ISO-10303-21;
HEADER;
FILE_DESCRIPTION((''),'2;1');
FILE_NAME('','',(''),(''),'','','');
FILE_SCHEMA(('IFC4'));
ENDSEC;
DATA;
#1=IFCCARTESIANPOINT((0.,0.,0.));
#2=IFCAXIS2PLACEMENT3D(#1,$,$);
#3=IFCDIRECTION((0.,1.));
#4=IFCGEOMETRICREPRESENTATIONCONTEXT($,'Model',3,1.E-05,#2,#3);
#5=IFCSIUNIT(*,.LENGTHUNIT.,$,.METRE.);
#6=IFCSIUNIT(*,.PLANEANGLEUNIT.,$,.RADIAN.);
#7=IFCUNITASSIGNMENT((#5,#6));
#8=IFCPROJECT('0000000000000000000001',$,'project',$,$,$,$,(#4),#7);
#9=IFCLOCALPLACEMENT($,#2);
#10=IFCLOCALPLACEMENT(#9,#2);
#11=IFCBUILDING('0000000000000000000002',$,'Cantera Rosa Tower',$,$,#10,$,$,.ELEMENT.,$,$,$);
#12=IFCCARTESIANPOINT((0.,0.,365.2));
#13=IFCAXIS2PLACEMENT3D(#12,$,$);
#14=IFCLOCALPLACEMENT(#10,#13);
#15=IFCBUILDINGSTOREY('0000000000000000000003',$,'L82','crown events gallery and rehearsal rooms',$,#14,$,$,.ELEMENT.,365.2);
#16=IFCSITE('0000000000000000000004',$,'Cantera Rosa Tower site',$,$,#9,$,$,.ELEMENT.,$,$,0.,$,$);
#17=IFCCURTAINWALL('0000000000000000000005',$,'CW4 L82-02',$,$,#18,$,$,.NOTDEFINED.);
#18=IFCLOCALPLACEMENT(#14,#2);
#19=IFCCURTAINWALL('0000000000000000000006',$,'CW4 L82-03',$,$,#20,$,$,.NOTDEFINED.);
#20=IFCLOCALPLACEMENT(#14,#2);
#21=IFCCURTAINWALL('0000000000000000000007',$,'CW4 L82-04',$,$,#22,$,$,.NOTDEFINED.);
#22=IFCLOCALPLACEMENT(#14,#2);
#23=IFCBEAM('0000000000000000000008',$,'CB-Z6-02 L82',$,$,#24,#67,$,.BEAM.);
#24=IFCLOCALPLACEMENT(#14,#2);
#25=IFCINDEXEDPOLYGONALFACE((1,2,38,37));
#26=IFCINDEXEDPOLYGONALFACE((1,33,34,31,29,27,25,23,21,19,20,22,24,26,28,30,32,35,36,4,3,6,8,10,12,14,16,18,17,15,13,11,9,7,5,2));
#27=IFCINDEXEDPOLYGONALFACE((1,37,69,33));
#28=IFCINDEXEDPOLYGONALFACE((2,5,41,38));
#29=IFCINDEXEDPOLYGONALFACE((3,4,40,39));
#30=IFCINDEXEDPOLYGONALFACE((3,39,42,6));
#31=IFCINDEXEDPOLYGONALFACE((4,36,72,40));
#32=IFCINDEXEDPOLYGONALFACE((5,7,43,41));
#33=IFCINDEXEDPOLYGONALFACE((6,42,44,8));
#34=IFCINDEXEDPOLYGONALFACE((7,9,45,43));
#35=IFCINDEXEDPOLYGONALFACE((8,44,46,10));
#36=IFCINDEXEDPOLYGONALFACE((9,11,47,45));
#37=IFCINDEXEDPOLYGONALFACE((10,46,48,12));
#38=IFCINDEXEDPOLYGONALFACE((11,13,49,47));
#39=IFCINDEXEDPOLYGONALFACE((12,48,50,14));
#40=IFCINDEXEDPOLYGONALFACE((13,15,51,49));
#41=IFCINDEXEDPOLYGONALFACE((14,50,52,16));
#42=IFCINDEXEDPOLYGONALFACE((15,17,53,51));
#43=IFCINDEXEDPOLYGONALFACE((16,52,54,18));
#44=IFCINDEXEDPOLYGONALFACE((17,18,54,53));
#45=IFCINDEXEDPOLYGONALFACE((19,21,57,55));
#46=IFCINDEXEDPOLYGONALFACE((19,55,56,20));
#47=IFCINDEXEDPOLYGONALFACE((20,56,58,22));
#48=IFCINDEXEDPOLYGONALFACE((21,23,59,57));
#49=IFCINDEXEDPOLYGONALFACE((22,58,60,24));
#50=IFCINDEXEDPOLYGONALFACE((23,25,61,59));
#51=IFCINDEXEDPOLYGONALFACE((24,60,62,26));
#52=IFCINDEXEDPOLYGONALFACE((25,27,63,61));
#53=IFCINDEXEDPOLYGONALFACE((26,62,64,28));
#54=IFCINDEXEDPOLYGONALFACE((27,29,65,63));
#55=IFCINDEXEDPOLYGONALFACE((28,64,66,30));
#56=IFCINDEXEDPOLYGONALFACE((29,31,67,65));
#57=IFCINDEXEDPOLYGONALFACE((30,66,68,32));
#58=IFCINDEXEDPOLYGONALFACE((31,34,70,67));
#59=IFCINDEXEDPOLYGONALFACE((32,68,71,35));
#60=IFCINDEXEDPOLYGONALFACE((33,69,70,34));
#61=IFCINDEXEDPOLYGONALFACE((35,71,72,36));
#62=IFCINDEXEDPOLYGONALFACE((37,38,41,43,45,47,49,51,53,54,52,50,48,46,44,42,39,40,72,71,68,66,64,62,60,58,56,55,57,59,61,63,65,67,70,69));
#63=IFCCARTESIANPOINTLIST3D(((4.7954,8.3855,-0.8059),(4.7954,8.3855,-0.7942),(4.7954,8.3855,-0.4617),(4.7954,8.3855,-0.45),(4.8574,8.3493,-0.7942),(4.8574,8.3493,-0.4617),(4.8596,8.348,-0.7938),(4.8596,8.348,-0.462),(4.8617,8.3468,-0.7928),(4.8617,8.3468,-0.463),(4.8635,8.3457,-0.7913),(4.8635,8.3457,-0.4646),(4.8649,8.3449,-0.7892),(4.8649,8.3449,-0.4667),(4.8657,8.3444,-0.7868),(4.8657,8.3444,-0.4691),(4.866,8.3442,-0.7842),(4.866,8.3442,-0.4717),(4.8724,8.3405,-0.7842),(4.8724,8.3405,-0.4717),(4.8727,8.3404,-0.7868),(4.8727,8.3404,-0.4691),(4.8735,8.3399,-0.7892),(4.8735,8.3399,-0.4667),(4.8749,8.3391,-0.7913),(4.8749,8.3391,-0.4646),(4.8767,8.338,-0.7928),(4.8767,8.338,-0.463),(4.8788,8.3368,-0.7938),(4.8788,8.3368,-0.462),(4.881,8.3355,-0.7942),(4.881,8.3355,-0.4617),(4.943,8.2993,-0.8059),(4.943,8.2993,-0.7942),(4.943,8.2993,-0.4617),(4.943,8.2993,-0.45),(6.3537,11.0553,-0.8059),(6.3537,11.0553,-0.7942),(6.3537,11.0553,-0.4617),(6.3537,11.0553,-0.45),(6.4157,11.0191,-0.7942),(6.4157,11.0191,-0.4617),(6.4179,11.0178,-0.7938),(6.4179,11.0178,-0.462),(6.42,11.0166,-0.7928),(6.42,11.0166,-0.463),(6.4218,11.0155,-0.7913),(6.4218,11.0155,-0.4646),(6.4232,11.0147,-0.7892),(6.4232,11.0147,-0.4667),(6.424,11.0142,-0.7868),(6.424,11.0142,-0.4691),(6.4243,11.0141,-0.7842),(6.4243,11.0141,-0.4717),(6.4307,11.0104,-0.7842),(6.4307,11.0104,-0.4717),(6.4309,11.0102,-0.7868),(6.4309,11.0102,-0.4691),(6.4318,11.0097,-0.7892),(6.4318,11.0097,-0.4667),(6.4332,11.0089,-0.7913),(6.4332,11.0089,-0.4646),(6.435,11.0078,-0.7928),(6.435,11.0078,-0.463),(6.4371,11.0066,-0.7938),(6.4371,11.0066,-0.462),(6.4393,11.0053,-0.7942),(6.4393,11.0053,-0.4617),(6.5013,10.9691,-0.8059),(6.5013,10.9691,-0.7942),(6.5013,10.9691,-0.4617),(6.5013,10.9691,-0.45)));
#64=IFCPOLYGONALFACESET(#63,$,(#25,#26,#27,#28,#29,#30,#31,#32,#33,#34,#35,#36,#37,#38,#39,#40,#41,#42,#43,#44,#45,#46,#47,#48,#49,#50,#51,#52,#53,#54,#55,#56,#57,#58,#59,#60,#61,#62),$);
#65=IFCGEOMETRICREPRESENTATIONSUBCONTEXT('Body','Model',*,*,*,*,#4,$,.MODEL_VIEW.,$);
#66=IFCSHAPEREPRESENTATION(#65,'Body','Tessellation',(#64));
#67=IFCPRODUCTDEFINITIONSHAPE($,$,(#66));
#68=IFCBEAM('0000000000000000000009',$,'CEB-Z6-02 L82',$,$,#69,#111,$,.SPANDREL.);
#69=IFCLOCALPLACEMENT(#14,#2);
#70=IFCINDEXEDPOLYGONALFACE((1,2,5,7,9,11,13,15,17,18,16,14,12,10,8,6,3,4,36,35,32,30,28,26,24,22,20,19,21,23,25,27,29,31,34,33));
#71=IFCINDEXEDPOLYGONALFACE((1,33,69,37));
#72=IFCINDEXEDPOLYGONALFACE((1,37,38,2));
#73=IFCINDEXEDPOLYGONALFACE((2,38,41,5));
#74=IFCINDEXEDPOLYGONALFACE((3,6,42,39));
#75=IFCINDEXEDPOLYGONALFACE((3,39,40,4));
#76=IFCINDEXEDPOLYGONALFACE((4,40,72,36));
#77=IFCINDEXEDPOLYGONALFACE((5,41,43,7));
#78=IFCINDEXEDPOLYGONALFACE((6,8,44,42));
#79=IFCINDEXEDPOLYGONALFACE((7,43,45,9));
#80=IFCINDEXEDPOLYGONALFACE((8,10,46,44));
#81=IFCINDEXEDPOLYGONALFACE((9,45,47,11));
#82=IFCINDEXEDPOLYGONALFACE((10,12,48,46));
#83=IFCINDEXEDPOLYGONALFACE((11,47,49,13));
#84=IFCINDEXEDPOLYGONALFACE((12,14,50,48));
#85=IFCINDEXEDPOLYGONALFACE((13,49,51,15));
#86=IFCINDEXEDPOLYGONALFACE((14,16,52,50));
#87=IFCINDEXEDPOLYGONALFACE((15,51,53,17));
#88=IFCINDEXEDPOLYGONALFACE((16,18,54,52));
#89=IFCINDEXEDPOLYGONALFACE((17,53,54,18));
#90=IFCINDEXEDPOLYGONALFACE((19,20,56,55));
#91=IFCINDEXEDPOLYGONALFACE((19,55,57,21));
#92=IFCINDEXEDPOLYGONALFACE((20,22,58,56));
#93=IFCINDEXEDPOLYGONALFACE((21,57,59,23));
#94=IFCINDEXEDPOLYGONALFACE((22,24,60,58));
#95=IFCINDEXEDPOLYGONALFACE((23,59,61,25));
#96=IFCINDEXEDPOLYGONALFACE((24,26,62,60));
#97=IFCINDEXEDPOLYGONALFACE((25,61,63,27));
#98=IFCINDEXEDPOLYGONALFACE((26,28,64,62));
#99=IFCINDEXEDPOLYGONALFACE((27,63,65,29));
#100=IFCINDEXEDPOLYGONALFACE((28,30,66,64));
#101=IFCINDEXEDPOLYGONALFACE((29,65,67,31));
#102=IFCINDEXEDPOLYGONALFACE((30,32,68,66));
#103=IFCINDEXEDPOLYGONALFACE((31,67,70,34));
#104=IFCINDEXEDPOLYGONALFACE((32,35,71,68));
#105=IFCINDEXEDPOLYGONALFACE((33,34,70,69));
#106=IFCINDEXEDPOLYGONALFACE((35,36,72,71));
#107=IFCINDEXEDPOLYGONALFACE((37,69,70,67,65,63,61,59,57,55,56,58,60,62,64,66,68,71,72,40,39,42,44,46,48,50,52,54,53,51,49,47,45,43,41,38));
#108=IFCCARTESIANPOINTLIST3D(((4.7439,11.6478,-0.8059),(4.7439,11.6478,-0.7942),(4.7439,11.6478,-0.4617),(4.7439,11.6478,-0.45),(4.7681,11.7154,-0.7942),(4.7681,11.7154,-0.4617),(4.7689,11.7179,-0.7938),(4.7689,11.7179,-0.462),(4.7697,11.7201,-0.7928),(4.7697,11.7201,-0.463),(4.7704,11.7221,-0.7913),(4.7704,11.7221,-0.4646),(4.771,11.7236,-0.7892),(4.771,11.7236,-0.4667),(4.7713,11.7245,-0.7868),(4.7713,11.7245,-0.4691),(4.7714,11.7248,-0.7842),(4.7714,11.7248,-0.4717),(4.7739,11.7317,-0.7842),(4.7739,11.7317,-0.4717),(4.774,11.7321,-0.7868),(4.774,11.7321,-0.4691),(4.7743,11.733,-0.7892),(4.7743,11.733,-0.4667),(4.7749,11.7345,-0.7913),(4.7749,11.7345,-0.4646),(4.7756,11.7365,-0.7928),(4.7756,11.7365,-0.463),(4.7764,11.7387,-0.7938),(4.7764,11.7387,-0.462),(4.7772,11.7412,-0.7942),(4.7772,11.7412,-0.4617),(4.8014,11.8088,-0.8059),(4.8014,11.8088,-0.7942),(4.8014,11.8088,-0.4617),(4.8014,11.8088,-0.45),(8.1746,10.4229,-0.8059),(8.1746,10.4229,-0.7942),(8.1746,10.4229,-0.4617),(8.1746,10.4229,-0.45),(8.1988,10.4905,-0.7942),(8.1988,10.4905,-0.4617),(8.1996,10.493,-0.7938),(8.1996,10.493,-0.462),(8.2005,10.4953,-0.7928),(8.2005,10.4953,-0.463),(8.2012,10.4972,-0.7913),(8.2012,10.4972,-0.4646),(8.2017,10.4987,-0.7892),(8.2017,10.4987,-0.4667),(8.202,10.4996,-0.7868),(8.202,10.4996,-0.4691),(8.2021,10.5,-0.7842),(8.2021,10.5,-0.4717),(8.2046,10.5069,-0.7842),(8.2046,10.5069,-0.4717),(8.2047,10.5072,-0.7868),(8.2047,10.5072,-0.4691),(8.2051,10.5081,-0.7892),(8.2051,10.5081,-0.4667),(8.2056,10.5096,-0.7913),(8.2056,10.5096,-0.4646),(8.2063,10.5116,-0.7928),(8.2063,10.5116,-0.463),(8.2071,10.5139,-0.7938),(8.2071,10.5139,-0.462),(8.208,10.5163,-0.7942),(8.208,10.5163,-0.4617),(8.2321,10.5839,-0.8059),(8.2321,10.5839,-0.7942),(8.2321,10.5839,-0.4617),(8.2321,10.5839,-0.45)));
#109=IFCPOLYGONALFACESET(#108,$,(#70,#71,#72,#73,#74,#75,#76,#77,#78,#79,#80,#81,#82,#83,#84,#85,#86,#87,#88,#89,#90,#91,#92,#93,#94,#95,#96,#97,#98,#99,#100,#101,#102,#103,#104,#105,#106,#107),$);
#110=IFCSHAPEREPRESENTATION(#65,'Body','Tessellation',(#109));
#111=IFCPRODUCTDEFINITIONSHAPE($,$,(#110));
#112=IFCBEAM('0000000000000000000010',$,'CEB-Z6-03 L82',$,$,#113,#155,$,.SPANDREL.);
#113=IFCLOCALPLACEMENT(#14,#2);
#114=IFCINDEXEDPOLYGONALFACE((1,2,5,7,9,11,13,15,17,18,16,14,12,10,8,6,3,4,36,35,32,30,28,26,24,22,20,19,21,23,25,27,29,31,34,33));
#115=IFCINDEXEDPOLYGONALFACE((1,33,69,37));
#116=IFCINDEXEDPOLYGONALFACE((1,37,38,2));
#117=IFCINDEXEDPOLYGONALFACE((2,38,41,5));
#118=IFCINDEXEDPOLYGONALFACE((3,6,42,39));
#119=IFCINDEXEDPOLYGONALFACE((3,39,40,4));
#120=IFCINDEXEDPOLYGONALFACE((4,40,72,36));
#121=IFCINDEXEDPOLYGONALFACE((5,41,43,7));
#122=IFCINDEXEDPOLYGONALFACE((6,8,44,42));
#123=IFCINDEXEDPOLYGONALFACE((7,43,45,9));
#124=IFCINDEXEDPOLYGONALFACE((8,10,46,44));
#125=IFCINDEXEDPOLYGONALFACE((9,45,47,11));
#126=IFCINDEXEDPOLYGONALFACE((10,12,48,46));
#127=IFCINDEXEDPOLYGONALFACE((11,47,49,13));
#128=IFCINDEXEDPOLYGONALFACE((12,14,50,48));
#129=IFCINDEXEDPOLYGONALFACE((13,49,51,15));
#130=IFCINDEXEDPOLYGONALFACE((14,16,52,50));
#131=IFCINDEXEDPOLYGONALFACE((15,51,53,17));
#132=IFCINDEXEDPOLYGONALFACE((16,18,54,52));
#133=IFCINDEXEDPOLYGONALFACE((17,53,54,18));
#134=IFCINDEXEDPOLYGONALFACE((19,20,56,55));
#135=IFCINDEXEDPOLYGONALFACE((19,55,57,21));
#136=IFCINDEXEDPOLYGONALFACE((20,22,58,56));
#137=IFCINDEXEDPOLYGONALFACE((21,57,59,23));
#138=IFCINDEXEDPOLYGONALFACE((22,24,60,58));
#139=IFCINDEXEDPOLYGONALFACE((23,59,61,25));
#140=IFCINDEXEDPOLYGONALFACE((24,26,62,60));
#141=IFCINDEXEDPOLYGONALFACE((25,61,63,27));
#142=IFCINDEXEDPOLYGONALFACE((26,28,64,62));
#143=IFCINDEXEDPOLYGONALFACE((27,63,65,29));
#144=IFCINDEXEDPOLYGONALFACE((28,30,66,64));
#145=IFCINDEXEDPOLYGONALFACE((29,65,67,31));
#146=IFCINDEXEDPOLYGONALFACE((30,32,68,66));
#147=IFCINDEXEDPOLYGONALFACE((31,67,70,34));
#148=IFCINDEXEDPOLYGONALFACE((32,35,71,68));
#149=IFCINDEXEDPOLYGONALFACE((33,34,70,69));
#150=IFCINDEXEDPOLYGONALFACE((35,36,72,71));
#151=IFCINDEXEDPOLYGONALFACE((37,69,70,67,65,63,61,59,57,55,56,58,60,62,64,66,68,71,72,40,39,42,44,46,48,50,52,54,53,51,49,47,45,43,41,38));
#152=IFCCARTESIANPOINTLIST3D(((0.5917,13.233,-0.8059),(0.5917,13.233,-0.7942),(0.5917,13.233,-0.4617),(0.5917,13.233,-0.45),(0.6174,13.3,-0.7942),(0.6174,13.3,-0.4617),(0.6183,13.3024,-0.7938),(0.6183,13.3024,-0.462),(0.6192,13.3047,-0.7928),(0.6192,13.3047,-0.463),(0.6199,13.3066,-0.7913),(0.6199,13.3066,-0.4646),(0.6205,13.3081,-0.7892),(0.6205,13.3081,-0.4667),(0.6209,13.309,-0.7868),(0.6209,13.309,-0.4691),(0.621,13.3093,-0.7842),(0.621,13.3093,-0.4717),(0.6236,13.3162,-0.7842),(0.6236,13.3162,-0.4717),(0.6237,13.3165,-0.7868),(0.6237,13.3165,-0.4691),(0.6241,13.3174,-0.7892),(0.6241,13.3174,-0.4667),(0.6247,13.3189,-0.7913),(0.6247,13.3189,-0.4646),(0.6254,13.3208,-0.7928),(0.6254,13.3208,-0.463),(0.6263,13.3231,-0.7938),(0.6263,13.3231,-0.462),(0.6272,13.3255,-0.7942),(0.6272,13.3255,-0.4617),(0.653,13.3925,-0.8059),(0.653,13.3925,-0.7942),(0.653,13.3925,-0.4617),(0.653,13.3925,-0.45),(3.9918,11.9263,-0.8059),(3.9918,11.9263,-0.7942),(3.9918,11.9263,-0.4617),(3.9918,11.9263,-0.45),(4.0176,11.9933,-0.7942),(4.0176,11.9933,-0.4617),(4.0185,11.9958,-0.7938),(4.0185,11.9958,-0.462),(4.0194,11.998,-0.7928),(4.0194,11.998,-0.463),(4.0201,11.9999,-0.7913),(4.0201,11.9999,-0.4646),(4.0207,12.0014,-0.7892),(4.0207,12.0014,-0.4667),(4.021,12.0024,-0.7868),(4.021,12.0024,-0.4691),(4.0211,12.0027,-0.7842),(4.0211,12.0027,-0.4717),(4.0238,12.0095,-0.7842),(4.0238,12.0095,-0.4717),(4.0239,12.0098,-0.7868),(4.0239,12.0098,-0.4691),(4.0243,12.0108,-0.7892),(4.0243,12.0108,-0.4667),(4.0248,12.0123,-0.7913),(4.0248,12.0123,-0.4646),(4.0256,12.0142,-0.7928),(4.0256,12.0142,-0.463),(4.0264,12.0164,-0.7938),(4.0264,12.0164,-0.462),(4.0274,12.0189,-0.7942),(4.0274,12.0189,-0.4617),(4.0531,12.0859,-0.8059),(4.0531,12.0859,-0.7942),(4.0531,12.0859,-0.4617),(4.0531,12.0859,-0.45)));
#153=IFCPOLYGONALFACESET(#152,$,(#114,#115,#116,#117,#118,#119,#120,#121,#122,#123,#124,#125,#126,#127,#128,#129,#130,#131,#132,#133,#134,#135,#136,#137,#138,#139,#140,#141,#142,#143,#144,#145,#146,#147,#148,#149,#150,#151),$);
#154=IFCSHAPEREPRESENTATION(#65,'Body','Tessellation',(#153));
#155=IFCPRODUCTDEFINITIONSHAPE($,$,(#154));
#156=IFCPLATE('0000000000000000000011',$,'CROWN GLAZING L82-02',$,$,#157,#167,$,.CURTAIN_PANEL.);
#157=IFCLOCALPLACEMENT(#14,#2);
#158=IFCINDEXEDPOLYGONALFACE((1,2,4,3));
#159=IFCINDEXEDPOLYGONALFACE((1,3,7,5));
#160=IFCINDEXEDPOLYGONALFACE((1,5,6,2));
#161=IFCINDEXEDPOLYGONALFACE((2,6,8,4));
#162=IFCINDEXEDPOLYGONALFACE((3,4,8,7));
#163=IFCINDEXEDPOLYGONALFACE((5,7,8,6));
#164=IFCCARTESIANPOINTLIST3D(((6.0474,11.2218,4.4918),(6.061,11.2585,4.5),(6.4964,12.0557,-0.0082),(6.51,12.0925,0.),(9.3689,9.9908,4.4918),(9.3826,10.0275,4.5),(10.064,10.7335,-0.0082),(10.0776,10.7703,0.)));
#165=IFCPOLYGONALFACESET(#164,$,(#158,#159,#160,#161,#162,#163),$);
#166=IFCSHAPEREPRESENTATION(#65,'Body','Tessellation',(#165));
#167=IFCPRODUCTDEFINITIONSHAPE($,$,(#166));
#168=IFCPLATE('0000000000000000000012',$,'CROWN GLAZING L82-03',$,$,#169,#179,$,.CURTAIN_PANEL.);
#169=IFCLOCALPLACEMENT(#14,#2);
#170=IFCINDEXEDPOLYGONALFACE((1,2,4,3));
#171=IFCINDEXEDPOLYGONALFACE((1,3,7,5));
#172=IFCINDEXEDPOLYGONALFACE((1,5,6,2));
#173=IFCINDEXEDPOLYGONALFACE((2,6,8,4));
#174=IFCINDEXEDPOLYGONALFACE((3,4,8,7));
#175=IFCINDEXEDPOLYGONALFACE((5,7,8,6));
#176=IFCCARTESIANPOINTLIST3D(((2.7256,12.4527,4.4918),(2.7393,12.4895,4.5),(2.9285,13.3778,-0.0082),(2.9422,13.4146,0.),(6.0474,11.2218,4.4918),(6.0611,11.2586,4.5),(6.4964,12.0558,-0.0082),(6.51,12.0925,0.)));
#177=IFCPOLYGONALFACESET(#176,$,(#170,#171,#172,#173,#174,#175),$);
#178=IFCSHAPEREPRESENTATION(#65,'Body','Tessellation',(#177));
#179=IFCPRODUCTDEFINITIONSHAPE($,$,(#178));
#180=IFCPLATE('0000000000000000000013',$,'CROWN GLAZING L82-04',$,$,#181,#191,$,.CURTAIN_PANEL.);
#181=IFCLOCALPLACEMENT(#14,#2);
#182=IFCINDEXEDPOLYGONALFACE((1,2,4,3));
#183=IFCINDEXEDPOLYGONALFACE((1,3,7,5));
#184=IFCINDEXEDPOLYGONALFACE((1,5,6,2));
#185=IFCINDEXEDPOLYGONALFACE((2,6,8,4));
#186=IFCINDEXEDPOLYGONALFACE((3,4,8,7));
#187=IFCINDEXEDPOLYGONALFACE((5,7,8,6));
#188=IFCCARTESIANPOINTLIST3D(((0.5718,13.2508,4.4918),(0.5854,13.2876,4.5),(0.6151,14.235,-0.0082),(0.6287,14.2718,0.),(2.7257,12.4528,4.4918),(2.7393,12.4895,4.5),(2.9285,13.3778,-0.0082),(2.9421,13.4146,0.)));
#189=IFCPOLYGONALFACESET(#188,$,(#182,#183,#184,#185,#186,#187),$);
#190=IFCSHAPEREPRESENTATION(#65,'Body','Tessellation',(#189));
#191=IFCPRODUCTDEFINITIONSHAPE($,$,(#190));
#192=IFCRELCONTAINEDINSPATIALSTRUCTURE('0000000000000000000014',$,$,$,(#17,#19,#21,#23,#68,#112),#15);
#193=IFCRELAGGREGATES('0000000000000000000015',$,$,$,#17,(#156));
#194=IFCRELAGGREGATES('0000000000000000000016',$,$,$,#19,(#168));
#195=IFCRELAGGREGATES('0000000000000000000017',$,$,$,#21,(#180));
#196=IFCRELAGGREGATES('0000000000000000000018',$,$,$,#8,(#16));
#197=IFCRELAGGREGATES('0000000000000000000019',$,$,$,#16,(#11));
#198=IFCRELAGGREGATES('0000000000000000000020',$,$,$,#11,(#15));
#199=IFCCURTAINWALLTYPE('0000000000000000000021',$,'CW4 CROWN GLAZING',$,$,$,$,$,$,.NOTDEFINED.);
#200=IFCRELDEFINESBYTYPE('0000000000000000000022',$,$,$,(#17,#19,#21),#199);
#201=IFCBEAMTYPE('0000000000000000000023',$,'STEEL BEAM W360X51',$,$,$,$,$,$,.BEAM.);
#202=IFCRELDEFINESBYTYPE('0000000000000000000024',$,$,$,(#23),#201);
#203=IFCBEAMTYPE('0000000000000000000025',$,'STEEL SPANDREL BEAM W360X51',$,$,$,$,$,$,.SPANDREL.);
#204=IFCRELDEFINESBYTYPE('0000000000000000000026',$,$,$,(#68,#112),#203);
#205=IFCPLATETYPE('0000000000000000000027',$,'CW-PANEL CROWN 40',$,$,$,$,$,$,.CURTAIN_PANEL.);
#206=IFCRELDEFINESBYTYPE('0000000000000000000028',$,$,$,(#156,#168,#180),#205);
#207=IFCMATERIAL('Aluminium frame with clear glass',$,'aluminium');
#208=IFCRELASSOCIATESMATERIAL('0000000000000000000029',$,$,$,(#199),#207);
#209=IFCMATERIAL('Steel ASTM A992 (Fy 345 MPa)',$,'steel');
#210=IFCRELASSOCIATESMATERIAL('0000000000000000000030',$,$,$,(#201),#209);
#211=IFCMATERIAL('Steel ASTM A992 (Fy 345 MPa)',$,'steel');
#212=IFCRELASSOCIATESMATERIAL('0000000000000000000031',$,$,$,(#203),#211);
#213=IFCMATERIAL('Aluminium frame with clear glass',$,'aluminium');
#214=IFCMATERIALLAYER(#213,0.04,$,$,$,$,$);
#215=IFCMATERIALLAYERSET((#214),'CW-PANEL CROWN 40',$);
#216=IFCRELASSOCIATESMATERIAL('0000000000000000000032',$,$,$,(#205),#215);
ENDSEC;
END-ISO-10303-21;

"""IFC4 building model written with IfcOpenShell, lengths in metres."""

from ifc_helpers import new_model, si_unit, direction, frame, origin, origin_2d, place, context, subcontext, project, spatial, polyline, i_section, outline, extrude, material, layer, layer_set, material_profile, profile_set, type_object, element, aggregate, save


model = new_model("IFC4")

# Units and contexts
model_context = context("Model", 3, precision=1e-05, world=origin(), true_north=direction((0.0, 1.0)))
body_context = subcontext(model_context, "Body", "Model", "MODEL_VIEW")
ifc_project = project(units=[si_unit("LENGTHUNIT", "METRE"), si_unit("PLANEANGLEUNIT", "RADIAN")], contexts=[model_context])

# Site, building, storey
site_placement = place(None, origin())
site = spatial("IfcSite", under=ifc_project, at=site_placement, Name="Cantera Rosa Tower site", CompositionType="ELEMENT", RefElevation=0.0)
building_placement = place(site_placement, origin())
building = spatial("IfcBuilding", under=site, at=building_placement, Name="Cantera Rosa Tower", CompositionType="ELEMENT")
storey_placement = place(building_placement, frame((0.0, 0.0, 365.2)))
storey = spatial("IfcBuildingStorey", under=building, at=storey_placement, Name="L82", Description="crown events gallery and rehearsal rooms", CompositionType="ELEMENT", Elevation=365.2)

# Curtain walls
ifc_material_1 = material(Name="Aluminium frame with clear glass", Category="aluminium")
curtain_wall_type = type_object("IfcCurtainWallType", Name="CW4 CROWN GLAZING", PredefinedType="NOTDEFINED", material=ifc_material_1)
curtain_wall_1_placement = place(storey_placement, origin())
curtain_wall_1 = element("IfcCurtainWall", 1, at=curtain_wall_1_placement, inside=storey, type_object=curtain_wall_type, Name="CW4 L82-02", PredefinedType="NOTDEFINED")
curtain_wall_2_placement = place(storey_placement, origin())
curtain_wall_2 = element("IfcCurtainWall", 2, at=curtain_wall_2_placement, inside=storey, type_object=curtain_wall_type, Name="CW4 L82-03", PredefinedType="NOTDEFINED")
curtain_wall_3_placement = place(storey_placement, origin())
curtain_wall_3 = element("IfcCurtainWall", 3, at=curtain_wall_3_placement, inside=storey, type_object=curtain_wall_type, Name="CW4 L82-04", PredefinedType="NOTDEFINED")

# Beams
ifc_material_2 = material(Name="Steel ASTM A992 (Fy 345 MPa)", Category="steel")
ifc_material_profile_1 = material_profile(ifc_material_2, i_section(OverallWidth=0.1709, OverallDepth=0.356, WebThickness=0.0073, FlangeThickness=0.0117, FilletRadius=0.01, at=origin_2d()), Name="W360X51")
ifc_profile_set_1 = profile_set([ifc_material_profile_1], Name="Steel ASTM A992 (Fy 345 MPa)")
beam_type_1 = type_object("IfcBeamType", Name="STEEL BEAM W360X51", PredefinedType="BEAM", material=ifc_profile_set_1)
beam_1_placement = place(storey_placement, frame((6.4275, 11.0122, -0.6279), z_axis=(-0.504087, -0.863653, 0.0), x_axis=(0.863653, -0.504087, 0.0)))
element("IfcBeam", 4, at=beam_1_placement, inside=storey, type_object=beam_type_1, Name="CB-Z6-02 L82", PredefinedType="BEAM", context=body_context, shape_type="SweptSolid", body=[
    extrude(i_section(OverallWidth=0.1709, OverallDepth=0.356, WebThickness=0.0073, FlangeThickness=0.0117, FilletRadius=0.01, at=origin_2d()), origin(), (0.0, 0.0, 1.0), 3.0913),
])
ifc_material_3 = material(Name="Steel ASTM A992 (Fy 345 MPa)", Category="steel")
ifc_material_profile_2 = material_profile(ifc_material_3, i_section(OverallWidth=0.1709, OverallDepth=0.356, WebThickness=0.0073, FlangeThickness=0.0117, FilletRadius=0.01, at=origin_2d()), Name="W360X51")
ifc_profile_set_2 = profile_set([ifc_material_profile_2], Name="Steel ASTM A992 (Fy 345 MPa)")
beam_type_2 = type_object("IfcBeamType", Name="STEEL SPANDREL BEAM W360X51", PredefinedType="SPANDREL", material=ifc_profile_set_2)
beam_2_placement = place(storey_placement, frame((8.2034, 10.5034, -0.6279), z_axis=(-0.941775, 0.336243, 0.0), x_axis=(-0.336243, -0.941775, 0.0)))
element("IfcBeam", 5, at=beam_2_placement, inside=storey, type_object=beam_type_2, Name="CEB-Z6-02 L82", PredefinedType="SPANDREL", context=body_context, shape_type="SweptSolid", body=[
    extrude(i_section(OverallWidth=0.1709, OverallDepth=0.356, WebThickness=0.0073, FlangeThickness=0.0117, FilletRadius=0.01, at=origin_2d()), origin(), (0.0, 0.0, 1.0), 3.6428),
])
beam_3_placement = place(storey_placement, frame((4.0225, 12.0061, -0.6279), z_axis=(-0.933447, 0.358714, 0.0), x_axis=(-0.358714, -0.933447, 0.0)))
element("IfcBeam", 6, at=beam_3_placement, inside=storey, type_object=beam_type_2, Name="CEB-Z6-03 L82", PredefinedType="SPANDREL", context=body_context, shape_type="SweptSolid", body=[
    extrude(i_section(OverallWidth=0.1709, OverallDepth=0.356, WebThickness=0.0073, FlangeThickness=0.0117, FilletRadius=0.01, at=origin_2d()), origin(), (0.0, 0.0, 1.0), 3.6426),
])

# Plates
ifc_material_4 = material(Name="Aluminium frame with clear glass", Category="aluminium")
ifc_layer_1 = layer(ifc_material_4, 0.04)
ifc_layer_set_1 = layer_set([ifc_layer_1], Name="CW-PANEL CROWN 40")
plate_type = type_object("IfcPlateType", Name="CW-PANEL CROWN 40", PredefinedType="CURTAIN_PANEL", material=ifc_layer_set_1)
plate_1_placement = place(storey_placement, frame((10.0776, 10.7703, 0.0), z_axis=(0.340204, 0.917945, 0.204055), x_axis=(-0.937674, 0.347516, -0.000003)))
plate_1 = element("IfcPlate", 7, at=plate_1_placement, type_object=plate_type, Name="CROWN GLAZING L82-02", PredefinedType="CURTAIN_PANEL", context=body_context, shape_type="SweptSolid", body=[
    extrude(outline(polyline([(0.0, 0.0), (3.8048, 0.0), (3.9359, 4.5967), (0.3936, 4.5967), (0.0, 0.0)])), origin(), (0.0, 0.0, -1.0), 0.04),
])
plate_2_placement = place(storey_placement, frame((6.51, 12.0925, 0.0), z_axis=(0.340154, 0.917964, 0.204051), x_axis=(-0.937693, 0.347464, 0.000003)))
plate_2 = element("IfcPlate", 8, at=plate_2_placement, type_object=plate_type, Name="CROWN GLAZING L82-03", PredefinedType="CURTAIN_PANEL", context=body_context, shape_type="SweptSolid", body=[
    extrude(outline(polyline([(0.0, 0.0), (3.8049, 0.0), (3.6738, 4.5967), (0.1312, 4.5967), (0.0, 0.0)])), origin(), (0.0, 0.0, -1.0), 0.04),
])
plate_3_placement = place(storey_placement, frame((2.9421, 13.4146, 0.0), z_axis=(0.340139, 0.917974, 0.204032), x_axis=(-0.9377, 0.347447, 0.000003)))
plate_3 = element("IfcPlate", 9, at=plate_3_placement, type_object=plate_type, Name="CROWN GLAZING L82-04", PredefinedType="CURTAIN_PANEL", context=body_context, shape_type="SweptSolid", body=[
    extrude(outline(polyline([(0.0, 0.0), (2.4672, 0.0), (2.1658, 4.5967), (-0.1312, 4.5967), (0.0, 0.0)])), origin(), (0.0, 0.0, -1.0), 0.04),
])

aggregate(curtain_wall_1, [plate_1])
aggregate(curtain_wall_2, [plate_2])
aggregate(curtain_wall_3, [plate_3])

save(model, "model.ifc")
